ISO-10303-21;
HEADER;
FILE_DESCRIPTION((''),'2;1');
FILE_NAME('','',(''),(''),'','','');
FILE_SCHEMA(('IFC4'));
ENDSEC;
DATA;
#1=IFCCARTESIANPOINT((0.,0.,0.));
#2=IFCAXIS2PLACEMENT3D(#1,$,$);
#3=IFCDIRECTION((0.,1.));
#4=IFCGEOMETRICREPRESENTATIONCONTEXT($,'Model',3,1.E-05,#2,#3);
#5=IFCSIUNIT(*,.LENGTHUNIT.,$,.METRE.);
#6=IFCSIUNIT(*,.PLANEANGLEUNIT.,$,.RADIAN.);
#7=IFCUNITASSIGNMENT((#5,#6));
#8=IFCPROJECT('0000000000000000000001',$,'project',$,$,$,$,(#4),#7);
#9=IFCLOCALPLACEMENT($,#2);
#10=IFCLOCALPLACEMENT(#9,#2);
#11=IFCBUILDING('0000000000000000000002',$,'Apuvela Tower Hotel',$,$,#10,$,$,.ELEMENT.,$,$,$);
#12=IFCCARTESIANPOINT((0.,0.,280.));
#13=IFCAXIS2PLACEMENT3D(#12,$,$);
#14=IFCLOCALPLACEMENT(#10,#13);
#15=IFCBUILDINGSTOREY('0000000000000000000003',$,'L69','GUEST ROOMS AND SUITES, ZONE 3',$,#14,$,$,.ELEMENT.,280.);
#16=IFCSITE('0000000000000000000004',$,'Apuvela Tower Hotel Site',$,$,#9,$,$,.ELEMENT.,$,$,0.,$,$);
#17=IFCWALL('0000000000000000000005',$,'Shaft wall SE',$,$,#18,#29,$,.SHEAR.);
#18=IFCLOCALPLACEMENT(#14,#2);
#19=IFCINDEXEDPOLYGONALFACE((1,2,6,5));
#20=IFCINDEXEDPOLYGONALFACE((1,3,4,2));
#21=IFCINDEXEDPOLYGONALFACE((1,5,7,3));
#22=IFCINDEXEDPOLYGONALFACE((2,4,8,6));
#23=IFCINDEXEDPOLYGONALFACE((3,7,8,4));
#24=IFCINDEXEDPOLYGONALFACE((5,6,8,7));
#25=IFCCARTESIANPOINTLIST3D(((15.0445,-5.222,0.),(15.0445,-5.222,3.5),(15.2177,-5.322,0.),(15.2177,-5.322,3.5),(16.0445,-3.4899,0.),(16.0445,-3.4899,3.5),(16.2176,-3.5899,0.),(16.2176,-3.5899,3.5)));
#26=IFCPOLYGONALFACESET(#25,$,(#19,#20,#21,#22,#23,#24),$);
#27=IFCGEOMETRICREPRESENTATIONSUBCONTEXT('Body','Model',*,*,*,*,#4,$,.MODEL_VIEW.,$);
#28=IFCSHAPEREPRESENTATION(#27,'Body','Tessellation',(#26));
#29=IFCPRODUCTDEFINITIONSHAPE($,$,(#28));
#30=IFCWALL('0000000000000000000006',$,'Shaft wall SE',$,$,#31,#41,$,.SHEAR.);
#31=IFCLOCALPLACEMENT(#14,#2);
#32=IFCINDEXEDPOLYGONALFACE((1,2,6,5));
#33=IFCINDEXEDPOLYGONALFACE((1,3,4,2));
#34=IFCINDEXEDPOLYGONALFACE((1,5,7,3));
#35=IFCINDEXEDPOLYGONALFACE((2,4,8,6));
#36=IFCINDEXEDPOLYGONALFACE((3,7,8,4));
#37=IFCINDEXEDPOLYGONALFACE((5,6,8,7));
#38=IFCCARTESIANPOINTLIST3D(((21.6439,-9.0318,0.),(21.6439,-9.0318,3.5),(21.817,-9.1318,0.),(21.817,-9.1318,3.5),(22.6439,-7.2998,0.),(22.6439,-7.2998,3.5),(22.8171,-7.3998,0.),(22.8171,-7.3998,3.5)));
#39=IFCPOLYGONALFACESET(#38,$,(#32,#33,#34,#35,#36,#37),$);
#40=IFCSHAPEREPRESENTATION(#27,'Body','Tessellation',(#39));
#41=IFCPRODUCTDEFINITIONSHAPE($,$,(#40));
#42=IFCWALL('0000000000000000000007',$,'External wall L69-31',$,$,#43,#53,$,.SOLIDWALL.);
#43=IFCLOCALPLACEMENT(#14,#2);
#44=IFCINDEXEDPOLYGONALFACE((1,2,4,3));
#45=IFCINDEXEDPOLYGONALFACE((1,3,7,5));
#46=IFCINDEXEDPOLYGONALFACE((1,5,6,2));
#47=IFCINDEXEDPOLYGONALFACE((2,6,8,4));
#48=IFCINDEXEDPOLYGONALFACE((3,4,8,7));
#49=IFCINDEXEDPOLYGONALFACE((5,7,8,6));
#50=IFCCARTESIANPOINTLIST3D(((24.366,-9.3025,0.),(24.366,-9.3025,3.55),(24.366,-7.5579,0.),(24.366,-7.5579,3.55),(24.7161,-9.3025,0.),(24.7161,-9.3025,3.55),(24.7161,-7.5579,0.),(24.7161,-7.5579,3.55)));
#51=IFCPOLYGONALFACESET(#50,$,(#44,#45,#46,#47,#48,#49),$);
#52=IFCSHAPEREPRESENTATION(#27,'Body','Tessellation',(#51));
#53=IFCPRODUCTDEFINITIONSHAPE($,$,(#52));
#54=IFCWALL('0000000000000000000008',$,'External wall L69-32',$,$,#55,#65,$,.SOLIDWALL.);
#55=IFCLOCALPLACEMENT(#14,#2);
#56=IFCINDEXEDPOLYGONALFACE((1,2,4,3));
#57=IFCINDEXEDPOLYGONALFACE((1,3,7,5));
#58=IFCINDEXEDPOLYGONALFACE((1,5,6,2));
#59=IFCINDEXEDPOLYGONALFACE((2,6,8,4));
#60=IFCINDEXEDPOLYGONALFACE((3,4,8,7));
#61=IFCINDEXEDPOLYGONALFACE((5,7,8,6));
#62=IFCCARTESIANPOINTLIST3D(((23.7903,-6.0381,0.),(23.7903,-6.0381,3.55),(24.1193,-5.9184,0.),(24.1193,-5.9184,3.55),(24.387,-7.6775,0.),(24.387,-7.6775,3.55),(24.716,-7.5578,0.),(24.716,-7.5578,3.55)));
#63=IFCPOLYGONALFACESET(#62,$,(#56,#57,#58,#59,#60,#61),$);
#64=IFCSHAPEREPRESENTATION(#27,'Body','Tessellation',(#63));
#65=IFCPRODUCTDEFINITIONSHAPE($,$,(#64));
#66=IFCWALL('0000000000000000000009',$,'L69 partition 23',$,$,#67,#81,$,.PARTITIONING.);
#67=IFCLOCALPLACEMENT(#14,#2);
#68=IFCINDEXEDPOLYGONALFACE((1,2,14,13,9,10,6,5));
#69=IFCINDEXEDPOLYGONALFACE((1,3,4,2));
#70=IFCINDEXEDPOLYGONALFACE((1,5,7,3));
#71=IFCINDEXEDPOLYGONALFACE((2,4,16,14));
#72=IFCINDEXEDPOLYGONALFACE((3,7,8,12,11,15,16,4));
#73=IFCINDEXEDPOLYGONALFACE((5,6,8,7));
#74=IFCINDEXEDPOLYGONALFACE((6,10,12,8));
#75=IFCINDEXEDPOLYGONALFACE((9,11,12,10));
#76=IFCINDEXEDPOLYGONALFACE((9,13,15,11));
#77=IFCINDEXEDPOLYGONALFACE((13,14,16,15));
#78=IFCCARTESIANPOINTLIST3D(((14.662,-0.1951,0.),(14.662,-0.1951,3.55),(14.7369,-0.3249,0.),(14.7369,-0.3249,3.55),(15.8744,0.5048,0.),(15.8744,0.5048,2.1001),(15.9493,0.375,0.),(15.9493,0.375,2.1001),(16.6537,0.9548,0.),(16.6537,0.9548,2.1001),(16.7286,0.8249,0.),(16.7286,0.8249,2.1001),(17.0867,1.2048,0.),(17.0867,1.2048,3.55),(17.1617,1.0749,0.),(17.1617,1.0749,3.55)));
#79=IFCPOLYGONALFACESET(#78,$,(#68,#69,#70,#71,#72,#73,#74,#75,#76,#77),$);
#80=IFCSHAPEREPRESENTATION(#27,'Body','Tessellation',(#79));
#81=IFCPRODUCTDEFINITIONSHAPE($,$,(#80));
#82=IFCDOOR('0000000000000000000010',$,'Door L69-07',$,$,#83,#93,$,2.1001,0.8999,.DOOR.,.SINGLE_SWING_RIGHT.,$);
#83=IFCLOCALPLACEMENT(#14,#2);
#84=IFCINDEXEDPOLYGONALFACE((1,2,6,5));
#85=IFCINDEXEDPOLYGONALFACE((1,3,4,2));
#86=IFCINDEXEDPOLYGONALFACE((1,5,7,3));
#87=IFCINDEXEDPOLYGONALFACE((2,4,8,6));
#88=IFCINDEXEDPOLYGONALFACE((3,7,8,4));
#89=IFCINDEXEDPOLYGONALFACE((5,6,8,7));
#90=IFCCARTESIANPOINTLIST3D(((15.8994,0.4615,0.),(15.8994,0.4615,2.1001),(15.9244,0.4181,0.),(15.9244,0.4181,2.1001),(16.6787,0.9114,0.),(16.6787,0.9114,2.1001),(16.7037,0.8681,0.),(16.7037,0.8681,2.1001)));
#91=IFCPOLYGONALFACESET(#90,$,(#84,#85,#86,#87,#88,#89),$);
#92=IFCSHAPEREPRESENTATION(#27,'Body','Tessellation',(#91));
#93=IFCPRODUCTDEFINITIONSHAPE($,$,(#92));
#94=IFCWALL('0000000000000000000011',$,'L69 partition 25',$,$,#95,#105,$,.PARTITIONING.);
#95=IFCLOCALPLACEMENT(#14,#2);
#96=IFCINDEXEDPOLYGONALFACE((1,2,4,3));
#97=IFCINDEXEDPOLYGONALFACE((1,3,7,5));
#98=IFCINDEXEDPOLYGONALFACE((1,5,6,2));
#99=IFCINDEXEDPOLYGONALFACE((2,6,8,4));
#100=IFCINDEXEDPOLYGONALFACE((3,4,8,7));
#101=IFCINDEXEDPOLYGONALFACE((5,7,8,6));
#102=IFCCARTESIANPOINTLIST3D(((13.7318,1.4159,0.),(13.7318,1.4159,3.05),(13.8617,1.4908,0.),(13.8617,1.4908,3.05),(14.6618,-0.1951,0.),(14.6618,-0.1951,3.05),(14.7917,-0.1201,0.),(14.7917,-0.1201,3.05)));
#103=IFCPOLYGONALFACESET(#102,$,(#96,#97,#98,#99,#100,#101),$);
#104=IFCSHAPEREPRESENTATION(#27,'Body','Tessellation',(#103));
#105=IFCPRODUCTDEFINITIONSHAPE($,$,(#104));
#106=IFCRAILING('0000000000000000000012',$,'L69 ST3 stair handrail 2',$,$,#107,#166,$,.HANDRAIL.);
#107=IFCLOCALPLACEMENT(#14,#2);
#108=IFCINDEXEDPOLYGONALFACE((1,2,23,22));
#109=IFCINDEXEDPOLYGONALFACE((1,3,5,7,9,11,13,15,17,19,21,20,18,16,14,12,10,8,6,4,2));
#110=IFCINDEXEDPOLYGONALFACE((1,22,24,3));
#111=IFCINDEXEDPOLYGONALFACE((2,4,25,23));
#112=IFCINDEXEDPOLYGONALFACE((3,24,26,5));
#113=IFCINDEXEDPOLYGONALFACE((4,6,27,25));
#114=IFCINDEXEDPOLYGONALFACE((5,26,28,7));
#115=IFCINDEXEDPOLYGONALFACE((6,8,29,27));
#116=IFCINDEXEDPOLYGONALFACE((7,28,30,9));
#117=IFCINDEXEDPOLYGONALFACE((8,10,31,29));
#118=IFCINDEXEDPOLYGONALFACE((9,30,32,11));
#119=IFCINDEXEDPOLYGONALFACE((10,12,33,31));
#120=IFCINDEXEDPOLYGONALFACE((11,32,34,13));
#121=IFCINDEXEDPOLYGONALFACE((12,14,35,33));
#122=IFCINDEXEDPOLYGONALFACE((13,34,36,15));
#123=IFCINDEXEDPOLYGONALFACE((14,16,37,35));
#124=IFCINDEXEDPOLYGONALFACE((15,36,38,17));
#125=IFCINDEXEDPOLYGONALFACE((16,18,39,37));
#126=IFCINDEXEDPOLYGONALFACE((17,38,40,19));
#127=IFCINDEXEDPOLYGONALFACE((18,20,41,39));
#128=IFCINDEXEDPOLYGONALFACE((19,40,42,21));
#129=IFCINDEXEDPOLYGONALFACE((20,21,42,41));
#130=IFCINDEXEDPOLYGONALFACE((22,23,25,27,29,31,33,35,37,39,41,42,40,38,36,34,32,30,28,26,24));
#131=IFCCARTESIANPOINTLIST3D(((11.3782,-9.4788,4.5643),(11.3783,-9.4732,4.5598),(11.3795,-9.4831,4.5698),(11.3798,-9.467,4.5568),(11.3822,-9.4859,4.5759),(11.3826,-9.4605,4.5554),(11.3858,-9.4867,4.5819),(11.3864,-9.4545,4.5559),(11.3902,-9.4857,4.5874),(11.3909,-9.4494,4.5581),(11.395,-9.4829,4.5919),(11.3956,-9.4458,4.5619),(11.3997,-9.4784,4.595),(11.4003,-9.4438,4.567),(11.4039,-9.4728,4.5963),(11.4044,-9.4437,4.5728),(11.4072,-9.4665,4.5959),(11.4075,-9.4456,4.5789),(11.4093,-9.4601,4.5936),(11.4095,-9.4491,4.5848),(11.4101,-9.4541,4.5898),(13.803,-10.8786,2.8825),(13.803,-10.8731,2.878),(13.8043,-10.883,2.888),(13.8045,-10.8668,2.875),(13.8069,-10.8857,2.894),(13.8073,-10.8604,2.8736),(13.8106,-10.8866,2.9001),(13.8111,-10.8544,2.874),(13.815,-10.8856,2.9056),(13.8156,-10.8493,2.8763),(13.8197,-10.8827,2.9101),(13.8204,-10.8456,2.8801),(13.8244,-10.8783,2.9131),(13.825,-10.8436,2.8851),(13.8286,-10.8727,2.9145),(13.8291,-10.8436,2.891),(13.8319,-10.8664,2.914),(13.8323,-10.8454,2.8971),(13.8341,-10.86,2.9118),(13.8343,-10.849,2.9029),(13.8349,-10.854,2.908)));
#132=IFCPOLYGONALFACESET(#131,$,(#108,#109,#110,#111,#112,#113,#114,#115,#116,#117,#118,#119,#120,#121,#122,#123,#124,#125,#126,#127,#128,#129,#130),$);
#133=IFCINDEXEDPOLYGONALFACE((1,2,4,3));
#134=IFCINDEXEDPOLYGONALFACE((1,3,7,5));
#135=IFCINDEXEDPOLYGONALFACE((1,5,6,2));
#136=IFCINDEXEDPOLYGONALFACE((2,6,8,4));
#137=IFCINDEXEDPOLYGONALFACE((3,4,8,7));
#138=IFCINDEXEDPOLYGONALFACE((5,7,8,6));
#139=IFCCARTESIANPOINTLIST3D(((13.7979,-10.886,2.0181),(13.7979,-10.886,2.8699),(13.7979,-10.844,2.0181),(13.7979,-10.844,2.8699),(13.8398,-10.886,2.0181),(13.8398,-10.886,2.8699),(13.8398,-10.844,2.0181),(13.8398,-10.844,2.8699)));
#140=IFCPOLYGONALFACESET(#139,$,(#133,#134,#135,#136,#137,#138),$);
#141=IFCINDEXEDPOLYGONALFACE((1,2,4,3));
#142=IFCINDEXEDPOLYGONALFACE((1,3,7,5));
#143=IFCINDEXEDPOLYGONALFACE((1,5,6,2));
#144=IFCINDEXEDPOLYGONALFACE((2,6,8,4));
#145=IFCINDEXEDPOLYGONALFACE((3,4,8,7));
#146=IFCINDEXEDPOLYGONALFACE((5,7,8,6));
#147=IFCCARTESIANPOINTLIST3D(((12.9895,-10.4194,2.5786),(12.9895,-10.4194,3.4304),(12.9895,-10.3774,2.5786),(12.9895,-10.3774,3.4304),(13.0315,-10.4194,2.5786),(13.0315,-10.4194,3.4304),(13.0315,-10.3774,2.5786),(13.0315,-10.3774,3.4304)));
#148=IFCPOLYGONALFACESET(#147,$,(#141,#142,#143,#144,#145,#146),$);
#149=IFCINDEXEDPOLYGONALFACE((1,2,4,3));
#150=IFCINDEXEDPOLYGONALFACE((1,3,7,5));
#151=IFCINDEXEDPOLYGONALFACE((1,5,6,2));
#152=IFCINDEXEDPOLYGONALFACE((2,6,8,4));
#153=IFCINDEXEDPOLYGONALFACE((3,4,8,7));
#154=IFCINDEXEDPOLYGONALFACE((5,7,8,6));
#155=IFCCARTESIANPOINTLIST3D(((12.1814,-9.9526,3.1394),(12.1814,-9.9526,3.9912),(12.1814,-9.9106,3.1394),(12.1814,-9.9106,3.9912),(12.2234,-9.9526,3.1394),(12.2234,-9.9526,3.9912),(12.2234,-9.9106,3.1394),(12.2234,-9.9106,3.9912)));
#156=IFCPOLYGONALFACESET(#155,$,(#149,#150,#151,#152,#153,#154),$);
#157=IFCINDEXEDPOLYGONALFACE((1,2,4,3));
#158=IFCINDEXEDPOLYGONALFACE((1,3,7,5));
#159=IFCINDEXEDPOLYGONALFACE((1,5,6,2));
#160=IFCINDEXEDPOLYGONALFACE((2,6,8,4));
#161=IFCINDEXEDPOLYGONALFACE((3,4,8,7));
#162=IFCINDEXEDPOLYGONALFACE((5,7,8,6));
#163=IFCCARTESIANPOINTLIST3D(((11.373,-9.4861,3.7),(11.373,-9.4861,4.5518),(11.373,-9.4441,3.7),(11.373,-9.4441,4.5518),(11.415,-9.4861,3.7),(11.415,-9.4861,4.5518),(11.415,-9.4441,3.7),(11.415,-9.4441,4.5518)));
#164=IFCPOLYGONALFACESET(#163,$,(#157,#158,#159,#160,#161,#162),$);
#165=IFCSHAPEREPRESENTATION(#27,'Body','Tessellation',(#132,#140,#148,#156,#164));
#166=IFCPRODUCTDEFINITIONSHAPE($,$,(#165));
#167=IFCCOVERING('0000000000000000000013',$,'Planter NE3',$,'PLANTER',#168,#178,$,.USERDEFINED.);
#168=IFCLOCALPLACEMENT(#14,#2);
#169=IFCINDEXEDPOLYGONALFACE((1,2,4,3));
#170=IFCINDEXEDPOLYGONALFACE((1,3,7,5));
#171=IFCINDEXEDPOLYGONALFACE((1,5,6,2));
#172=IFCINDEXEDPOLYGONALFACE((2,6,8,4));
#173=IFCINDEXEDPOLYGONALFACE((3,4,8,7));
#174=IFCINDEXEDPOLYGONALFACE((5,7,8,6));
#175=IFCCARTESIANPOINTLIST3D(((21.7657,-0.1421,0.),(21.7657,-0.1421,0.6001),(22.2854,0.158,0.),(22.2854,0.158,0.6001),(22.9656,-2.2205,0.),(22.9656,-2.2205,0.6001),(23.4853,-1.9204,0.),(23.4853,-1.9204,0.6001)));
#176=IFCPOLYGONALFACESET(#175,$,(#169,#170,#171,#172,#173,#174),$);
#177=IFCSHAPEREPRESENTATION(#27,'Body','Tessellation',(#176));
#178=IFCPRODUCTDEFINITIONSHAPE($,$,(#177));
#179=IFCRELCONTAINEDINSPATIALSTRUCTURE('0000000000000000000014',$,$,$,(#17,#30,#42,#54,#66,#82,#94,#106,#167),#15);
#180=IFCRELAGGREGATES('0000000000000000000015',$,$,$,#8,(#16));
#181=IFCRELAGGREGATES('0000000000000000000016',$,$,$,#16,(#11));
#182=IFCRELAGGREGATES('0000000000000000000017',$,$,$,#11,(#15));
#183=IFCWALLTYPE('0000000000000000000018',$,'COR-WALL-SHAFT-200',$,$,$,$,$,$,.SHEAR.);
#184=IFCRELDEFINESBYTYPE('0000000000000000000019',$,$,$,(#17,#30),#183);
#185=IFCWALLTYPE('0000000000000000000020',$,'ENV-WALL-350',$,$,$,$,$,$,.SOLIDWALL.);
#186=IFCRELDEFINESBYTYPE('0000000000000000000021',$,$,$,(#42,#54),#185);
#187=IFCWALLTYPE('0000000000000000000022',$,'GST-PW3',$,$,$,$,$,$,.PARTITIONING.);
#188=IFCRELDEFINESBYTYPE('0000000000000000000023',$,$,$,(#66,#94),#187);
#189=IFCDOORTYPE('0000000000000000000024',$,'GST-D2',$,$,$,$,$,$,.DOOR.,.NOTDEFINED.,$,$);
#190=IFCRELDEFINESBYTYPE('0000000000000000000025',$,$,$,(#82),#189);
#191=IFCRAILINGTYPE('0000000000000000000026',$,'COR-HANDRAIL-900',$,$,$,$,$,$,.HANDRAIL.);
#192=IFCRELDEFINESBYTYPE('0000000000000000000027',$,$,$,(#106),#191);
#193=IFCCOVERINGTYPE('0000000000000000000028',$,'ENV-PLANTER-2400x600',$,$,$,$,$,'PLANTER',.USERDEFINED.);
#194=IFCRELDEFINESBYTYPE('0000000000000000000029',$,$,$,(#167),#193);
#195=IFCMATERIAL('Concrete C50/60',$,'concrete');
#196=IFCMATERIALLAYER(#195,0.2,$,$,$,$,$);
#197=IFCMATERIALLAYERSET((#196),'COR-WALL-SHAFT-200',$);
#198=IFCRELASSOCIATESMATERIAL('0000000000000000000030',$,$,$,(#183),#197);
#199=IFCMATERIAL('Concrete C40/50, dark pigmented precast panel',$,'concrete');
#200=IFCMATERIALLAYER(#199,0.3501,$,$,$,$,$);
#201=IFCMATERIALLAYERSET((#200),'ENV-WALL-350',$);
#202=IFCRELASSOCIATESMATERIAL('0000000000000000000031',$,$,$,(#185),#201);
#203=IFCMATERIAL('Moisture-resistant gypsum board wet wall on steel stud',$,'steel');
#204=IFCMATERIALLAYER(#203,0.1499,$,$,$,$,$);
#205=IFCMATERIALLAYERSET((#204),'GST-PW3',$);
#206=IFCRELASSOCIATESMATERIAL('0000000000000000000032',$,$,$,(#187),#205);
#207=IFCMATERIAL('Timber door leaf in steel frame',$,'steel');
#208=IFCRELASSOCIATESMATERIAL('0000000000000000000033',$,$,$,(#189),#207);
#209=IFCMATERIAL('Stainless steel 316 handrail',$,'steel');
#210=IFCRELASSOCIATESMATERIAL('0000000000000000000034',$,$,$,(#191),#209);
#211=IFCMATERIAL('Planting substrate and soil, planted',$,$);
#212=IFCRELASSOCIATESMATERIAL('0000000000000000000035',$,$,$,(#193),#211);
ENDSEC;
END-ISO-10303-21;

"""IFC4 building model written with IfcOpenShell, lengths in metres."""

from ifc_helpers import new_model, si_unit, direction, frame, frame_2d, origin, origin_2d, place, context, subcontext, project, spatial, rectangle, circle, extrude, material, layer, layer_set, type_object, element, fill, save


model = new_model("IFC4")

# Units and contexts
model_context = context("Model", 3, precision=1e-05, world=origin(), true_north=direction((0.0, 1.0)))
body_context = subcontext(model_context, "Body", "Model", "MODEL_VIEW")
ifc_project = project(units=[si_unit("LENGTHUNIT", "METRE"), si_unit("PLANEANGLEUNIT", "RADIAN")], contexts=[model_context])

# Site, building, storey
site_placement = place(None, origin())
site = spatial("IfcSite", under=ifc_project, at=site_placement, Name="Apuvela Tower Hotel Site", CompositionType="ELEMENT", RefElevation=0.0)
building_placement = place(site_placement, origin())
building = spatial("IfcBuilding", under=site, at=building_placement, Name="Apuvela Tower Hotel", CompositionType="ELEMENT")
storey_placement = place(building_placement, frame((0.0, 0.0, 280.0)))
storey = spatial("IfcBuildingStorey", under=building, at=storey_placement, Name="L69", Description="GUEST ROOMS AND SUITES, ZONE 3", CompositionType="ELEMENT", Elevation=280.0)

# Walls
ifc_material_1 = material(Name="Concrete C50/60", Category="concrete")
ifc_layer_1 = layer(ifc_material_1, 0.2)
ifc_layer_set_1 = layer_set([ifc_layer_1], Name="COR-WALL-SHAFT-200")
wall_type_1 = type_object("IfcWallType", Name="COR-WALL-SHAFT-200", PredefinedType="SHEAR", material=ifc_layer_set_1)
for number, where, z_axis, x_axis, name in (
    (1, (15.1311, -5.272, 0.0), (0.0, 0.0, 1.0), (0.499973, 0.866041, 0.0), "Shaft wall SE"),
    (2, (21.7305, -9.0818, 0.0), (0.0, 0.0, 1.0), (0.500025, 0.866011, 0.0), "Shaft wall SE"),
):
    element("IfcWall", number, at=place(storey_placement, frame(where, z_axis=z_axis, x_axis=x_axis)), inside=storey, type_object=wall_type_1, Name=name, PredefinedType="SHEAR", context=body_context, shape_type="SweptSolid", body=[
        extrude(rectangle(XDim=2.0, YDim=0.2, at=frame_2d((1.0, 0.0))), origin(), (0.0, 0.0, 1.0), 3.5),
    ])
ifc_material_2 = material(Name="Concrete C40/50, dark pigmented precast panel", Category="concrete")
ifc_layer_2 = layer(ifc_material_2, 0.3501)
ifc_layer_set_2 = layer_set([ifc_layer_2], Name="ENV-WALL-350")
wall_type_2 = type_object("IfcWallType", Name="ENV-WALL-350", PredefinedType="SOLIDWALL", material=ifc_layer_set_2)
for number, where, z_axis, x_axis, name in (
    (3, (24.541, -9.3025, 0.0), (0.0, 0.0, 1.0), (0.0, 1.0, 0.0), "External wall L69-31"),
    (4, (24.5515, -7.6177, 0.0), (0.0, 0.0, 1.0), (-0.342013, 0.939695, 0.0), "External wall L69-32"),
):
    element("IfcWall", number, at=place(storey_placement, frame(where, z_axis=z_axis, x_axis=x_axis)), inside=storey, type_object=wall_type_2, Name=name, PredefinedType="SOLIDWALL", context=body_context, shape_type="SweptSolid", body=[
        extrude(rectangle(XDim=1.7446, YDim=0.3501, at=frame_2d((0.8723, 0.0))), origin(), (0.0, 0.0, 1.0), 3.55),
    ])

# Wall, opening, door
ifc_material_3 = material(Name="Moisture-resistant gypsum board wet wall on steel stud", Category="steel")
ifc_layer_3 = layer(ifc_material_3, 0.1499)
ifc_layer_set_3 = layer_set([ifc_layer_3], Name="GST-PW3")
wall_type_3 = type_object("IfcWallType", Name="GST-PW3", PredefinedType="PARTITIONING", material=ifc_layer_set_3)
wall_1_placement = place(storey_placement, frame((14.6995, -0.26, 0.0), z_axis=(0.0, 0.0, 1.0), x_axis=(0.866035, 0.499984, 0.0)))
wall_1 = element("IfcWall", 5, at=wall_1_placement, inside=storey, type_object=wall_type_3, Name="L69 partition 23", PredefinedType="PARTITIONING", context=body_context, shape_type="SweptSolid", body=[
    extrude(rectangle(XDim=2.7998, YDim=0.1499, at=frame_2d((1.3999, 0.0))), origin(), (0.0, 0.0, 1.0), 3.55),
])
opening_1_placement = place(wall_1_placement, frame((1.3999, 0.0, 0.0)))
opening_1 = element("IfcOpeningElement", 6, at=opening_1_placement, cuts=wall_1, PredefinedType="OPENING", context=body_context, shape_type="SweptSolid", body=[
    extrude(rectangle(XDim=0.8999, YDim=2.1001, at=frame_2d((0.45, 1.05))), frame((0.0, 0.085, 0.0), z_axis=(0.0, -1.0, 0.0), x_axis=(1.0, 0.0, 0.0)), (0.0, 0.0, 1.0), 0.1699),
])
ifc_material_4 = material(Name="Timber door leaf in steel frame", Category="steel")
door_type_1 = type_object("IfcDoorType", Name="GST-D2", OperationType="NOTDEFINED", PredefinedType="DOOR", material=ifc_material_4)
door_1_placement = place(opening_1_placement, origin())
door_1 = element("IfcDoor", 7, at=door_1_placement, inside=storey, type_object=door_type_1, Name="Door L69-07", OperationType="SINGLE_SWING_RIGHT", OverallHeight=2.1001, OverallWidth=0.8999, PredefinedType="DOOR", context=body_context, shape_type="SweptSolid", body=[
    extrude(rectangle(XDim=0.8999, YDim=2.1001, at=frame_2d((0.45, 1.05))), frame((0.0, 0.0249, 0.0), z_axis=(0.0, -1.0, 0.0), x_axis=(1.0, 0.0, 0.0)), (0.0, 0.0, 1.0), 0.05),
])
fill(opening_1, door_1)

# Wall
wall_2_placement = place(storey_placement, frame((14.7268, -0.1577, 0.0), z_axis=(0.0, 0.0, 1.0), x_axis=(-0.499965, 0.866046, 0.0)))
element("IfcWall", 8, at=wall_2_placement, inside=storey, type_object=wall_type_3, Name="L69 partition 25", PredefinedType="PARTITIONING", context=body_context, shape_type="SweptSolid", body=[
    extrude(rectangle(XDim=1.8601, YDim=0.1499, at=frame_2d((0.9302, 0.0))), origin(), (0.0, 0.0, 1.0), 3.05),
])

# Railing
ifc_material_5 = material(Name="Stainless steel 316 handrail", Category="steel")
railing_type_1 = type_object("IfcRailingType", Name="COR-HANDRAIL-900", PredefinedType="HANDRAIL", material=ifc_material_5)
railing_1_placement = place(storey_placement, frame((13.8188, -10.865, 2.0181)))
element("IfcRailing", 9, at=railing_1_placement, inside=storey, type_object=railing_type_1, Name="L69 ST3 stair handrail 2", PredefinedType="HANDRAIL", context=body_context, shape_type="SweptSolid", body=[
    extrude(circle(Radius=0.0239, at=origin_2d()), frame((0.0, 0.0, 0.876), z_axis=(-0.74239, 0.428601, 0.514934), x_axis=(-0.499984, -0.866035, 0.0)), (0.0, 0.0, 1.0), 3.2661),
    extrude(rectangle(XDim=0.042, YDim=0.042, at=origin_2d()), origin(), (0.0, 0.0, 1.0), 0.8518),
    extrude(rectangle(XDim=0.042, YDim=0.042, at=origin_2d()), frame((-0.8083, 0.4666, 0.5605)), (0.0, 0.0, 1.0), 0.8518),
    extrude(rectangle(XDim=0.042, YDim=0.042, at=origin_2d()), frame((-1.6165, 0.9333, 1.1213)), (0.0, 0.0, 1.0), 0.8518),
    extrude(rectangle(XDim=0.042, YDim=0.042, at=origin_2d()), frame((-2.4248, 1.3999, 1.6819)), (0.0, 0.0, 1.0), 0.8518),
])

# Covering
ifc_material_6 = material(Name="Planting substrate and soil, planted")
covering_type = type_object("IfcCoveringType", Name="ENV-PLANTER-2400x600", ElementType="PLANTER", PredefinedType="USERDEFINED", material=ifc_material_6)
covering_placement = place(storey_placement, frame((22.6255, -1.0312, 0.0), z_axis=(0.0, 0.0, 1.0), x_axis=(-0.5, 0.866025, 0.0)))
element("IfcCovering", 10, at=covering_placement, inside=storey, type_object=covering_type, Name="Planter NE3", ObjectType="PLANTER", PredefinedType="USERDEFINED", context=body_context, shape_type="SweptSolid", body=[
    extrude(rectangle(XDim=2.3999, YDim=0.6001, at=origin_2d()), origin(), (0.0, 0.0, 1.0), 0.6001),
])

save(model, "model.ifc")
